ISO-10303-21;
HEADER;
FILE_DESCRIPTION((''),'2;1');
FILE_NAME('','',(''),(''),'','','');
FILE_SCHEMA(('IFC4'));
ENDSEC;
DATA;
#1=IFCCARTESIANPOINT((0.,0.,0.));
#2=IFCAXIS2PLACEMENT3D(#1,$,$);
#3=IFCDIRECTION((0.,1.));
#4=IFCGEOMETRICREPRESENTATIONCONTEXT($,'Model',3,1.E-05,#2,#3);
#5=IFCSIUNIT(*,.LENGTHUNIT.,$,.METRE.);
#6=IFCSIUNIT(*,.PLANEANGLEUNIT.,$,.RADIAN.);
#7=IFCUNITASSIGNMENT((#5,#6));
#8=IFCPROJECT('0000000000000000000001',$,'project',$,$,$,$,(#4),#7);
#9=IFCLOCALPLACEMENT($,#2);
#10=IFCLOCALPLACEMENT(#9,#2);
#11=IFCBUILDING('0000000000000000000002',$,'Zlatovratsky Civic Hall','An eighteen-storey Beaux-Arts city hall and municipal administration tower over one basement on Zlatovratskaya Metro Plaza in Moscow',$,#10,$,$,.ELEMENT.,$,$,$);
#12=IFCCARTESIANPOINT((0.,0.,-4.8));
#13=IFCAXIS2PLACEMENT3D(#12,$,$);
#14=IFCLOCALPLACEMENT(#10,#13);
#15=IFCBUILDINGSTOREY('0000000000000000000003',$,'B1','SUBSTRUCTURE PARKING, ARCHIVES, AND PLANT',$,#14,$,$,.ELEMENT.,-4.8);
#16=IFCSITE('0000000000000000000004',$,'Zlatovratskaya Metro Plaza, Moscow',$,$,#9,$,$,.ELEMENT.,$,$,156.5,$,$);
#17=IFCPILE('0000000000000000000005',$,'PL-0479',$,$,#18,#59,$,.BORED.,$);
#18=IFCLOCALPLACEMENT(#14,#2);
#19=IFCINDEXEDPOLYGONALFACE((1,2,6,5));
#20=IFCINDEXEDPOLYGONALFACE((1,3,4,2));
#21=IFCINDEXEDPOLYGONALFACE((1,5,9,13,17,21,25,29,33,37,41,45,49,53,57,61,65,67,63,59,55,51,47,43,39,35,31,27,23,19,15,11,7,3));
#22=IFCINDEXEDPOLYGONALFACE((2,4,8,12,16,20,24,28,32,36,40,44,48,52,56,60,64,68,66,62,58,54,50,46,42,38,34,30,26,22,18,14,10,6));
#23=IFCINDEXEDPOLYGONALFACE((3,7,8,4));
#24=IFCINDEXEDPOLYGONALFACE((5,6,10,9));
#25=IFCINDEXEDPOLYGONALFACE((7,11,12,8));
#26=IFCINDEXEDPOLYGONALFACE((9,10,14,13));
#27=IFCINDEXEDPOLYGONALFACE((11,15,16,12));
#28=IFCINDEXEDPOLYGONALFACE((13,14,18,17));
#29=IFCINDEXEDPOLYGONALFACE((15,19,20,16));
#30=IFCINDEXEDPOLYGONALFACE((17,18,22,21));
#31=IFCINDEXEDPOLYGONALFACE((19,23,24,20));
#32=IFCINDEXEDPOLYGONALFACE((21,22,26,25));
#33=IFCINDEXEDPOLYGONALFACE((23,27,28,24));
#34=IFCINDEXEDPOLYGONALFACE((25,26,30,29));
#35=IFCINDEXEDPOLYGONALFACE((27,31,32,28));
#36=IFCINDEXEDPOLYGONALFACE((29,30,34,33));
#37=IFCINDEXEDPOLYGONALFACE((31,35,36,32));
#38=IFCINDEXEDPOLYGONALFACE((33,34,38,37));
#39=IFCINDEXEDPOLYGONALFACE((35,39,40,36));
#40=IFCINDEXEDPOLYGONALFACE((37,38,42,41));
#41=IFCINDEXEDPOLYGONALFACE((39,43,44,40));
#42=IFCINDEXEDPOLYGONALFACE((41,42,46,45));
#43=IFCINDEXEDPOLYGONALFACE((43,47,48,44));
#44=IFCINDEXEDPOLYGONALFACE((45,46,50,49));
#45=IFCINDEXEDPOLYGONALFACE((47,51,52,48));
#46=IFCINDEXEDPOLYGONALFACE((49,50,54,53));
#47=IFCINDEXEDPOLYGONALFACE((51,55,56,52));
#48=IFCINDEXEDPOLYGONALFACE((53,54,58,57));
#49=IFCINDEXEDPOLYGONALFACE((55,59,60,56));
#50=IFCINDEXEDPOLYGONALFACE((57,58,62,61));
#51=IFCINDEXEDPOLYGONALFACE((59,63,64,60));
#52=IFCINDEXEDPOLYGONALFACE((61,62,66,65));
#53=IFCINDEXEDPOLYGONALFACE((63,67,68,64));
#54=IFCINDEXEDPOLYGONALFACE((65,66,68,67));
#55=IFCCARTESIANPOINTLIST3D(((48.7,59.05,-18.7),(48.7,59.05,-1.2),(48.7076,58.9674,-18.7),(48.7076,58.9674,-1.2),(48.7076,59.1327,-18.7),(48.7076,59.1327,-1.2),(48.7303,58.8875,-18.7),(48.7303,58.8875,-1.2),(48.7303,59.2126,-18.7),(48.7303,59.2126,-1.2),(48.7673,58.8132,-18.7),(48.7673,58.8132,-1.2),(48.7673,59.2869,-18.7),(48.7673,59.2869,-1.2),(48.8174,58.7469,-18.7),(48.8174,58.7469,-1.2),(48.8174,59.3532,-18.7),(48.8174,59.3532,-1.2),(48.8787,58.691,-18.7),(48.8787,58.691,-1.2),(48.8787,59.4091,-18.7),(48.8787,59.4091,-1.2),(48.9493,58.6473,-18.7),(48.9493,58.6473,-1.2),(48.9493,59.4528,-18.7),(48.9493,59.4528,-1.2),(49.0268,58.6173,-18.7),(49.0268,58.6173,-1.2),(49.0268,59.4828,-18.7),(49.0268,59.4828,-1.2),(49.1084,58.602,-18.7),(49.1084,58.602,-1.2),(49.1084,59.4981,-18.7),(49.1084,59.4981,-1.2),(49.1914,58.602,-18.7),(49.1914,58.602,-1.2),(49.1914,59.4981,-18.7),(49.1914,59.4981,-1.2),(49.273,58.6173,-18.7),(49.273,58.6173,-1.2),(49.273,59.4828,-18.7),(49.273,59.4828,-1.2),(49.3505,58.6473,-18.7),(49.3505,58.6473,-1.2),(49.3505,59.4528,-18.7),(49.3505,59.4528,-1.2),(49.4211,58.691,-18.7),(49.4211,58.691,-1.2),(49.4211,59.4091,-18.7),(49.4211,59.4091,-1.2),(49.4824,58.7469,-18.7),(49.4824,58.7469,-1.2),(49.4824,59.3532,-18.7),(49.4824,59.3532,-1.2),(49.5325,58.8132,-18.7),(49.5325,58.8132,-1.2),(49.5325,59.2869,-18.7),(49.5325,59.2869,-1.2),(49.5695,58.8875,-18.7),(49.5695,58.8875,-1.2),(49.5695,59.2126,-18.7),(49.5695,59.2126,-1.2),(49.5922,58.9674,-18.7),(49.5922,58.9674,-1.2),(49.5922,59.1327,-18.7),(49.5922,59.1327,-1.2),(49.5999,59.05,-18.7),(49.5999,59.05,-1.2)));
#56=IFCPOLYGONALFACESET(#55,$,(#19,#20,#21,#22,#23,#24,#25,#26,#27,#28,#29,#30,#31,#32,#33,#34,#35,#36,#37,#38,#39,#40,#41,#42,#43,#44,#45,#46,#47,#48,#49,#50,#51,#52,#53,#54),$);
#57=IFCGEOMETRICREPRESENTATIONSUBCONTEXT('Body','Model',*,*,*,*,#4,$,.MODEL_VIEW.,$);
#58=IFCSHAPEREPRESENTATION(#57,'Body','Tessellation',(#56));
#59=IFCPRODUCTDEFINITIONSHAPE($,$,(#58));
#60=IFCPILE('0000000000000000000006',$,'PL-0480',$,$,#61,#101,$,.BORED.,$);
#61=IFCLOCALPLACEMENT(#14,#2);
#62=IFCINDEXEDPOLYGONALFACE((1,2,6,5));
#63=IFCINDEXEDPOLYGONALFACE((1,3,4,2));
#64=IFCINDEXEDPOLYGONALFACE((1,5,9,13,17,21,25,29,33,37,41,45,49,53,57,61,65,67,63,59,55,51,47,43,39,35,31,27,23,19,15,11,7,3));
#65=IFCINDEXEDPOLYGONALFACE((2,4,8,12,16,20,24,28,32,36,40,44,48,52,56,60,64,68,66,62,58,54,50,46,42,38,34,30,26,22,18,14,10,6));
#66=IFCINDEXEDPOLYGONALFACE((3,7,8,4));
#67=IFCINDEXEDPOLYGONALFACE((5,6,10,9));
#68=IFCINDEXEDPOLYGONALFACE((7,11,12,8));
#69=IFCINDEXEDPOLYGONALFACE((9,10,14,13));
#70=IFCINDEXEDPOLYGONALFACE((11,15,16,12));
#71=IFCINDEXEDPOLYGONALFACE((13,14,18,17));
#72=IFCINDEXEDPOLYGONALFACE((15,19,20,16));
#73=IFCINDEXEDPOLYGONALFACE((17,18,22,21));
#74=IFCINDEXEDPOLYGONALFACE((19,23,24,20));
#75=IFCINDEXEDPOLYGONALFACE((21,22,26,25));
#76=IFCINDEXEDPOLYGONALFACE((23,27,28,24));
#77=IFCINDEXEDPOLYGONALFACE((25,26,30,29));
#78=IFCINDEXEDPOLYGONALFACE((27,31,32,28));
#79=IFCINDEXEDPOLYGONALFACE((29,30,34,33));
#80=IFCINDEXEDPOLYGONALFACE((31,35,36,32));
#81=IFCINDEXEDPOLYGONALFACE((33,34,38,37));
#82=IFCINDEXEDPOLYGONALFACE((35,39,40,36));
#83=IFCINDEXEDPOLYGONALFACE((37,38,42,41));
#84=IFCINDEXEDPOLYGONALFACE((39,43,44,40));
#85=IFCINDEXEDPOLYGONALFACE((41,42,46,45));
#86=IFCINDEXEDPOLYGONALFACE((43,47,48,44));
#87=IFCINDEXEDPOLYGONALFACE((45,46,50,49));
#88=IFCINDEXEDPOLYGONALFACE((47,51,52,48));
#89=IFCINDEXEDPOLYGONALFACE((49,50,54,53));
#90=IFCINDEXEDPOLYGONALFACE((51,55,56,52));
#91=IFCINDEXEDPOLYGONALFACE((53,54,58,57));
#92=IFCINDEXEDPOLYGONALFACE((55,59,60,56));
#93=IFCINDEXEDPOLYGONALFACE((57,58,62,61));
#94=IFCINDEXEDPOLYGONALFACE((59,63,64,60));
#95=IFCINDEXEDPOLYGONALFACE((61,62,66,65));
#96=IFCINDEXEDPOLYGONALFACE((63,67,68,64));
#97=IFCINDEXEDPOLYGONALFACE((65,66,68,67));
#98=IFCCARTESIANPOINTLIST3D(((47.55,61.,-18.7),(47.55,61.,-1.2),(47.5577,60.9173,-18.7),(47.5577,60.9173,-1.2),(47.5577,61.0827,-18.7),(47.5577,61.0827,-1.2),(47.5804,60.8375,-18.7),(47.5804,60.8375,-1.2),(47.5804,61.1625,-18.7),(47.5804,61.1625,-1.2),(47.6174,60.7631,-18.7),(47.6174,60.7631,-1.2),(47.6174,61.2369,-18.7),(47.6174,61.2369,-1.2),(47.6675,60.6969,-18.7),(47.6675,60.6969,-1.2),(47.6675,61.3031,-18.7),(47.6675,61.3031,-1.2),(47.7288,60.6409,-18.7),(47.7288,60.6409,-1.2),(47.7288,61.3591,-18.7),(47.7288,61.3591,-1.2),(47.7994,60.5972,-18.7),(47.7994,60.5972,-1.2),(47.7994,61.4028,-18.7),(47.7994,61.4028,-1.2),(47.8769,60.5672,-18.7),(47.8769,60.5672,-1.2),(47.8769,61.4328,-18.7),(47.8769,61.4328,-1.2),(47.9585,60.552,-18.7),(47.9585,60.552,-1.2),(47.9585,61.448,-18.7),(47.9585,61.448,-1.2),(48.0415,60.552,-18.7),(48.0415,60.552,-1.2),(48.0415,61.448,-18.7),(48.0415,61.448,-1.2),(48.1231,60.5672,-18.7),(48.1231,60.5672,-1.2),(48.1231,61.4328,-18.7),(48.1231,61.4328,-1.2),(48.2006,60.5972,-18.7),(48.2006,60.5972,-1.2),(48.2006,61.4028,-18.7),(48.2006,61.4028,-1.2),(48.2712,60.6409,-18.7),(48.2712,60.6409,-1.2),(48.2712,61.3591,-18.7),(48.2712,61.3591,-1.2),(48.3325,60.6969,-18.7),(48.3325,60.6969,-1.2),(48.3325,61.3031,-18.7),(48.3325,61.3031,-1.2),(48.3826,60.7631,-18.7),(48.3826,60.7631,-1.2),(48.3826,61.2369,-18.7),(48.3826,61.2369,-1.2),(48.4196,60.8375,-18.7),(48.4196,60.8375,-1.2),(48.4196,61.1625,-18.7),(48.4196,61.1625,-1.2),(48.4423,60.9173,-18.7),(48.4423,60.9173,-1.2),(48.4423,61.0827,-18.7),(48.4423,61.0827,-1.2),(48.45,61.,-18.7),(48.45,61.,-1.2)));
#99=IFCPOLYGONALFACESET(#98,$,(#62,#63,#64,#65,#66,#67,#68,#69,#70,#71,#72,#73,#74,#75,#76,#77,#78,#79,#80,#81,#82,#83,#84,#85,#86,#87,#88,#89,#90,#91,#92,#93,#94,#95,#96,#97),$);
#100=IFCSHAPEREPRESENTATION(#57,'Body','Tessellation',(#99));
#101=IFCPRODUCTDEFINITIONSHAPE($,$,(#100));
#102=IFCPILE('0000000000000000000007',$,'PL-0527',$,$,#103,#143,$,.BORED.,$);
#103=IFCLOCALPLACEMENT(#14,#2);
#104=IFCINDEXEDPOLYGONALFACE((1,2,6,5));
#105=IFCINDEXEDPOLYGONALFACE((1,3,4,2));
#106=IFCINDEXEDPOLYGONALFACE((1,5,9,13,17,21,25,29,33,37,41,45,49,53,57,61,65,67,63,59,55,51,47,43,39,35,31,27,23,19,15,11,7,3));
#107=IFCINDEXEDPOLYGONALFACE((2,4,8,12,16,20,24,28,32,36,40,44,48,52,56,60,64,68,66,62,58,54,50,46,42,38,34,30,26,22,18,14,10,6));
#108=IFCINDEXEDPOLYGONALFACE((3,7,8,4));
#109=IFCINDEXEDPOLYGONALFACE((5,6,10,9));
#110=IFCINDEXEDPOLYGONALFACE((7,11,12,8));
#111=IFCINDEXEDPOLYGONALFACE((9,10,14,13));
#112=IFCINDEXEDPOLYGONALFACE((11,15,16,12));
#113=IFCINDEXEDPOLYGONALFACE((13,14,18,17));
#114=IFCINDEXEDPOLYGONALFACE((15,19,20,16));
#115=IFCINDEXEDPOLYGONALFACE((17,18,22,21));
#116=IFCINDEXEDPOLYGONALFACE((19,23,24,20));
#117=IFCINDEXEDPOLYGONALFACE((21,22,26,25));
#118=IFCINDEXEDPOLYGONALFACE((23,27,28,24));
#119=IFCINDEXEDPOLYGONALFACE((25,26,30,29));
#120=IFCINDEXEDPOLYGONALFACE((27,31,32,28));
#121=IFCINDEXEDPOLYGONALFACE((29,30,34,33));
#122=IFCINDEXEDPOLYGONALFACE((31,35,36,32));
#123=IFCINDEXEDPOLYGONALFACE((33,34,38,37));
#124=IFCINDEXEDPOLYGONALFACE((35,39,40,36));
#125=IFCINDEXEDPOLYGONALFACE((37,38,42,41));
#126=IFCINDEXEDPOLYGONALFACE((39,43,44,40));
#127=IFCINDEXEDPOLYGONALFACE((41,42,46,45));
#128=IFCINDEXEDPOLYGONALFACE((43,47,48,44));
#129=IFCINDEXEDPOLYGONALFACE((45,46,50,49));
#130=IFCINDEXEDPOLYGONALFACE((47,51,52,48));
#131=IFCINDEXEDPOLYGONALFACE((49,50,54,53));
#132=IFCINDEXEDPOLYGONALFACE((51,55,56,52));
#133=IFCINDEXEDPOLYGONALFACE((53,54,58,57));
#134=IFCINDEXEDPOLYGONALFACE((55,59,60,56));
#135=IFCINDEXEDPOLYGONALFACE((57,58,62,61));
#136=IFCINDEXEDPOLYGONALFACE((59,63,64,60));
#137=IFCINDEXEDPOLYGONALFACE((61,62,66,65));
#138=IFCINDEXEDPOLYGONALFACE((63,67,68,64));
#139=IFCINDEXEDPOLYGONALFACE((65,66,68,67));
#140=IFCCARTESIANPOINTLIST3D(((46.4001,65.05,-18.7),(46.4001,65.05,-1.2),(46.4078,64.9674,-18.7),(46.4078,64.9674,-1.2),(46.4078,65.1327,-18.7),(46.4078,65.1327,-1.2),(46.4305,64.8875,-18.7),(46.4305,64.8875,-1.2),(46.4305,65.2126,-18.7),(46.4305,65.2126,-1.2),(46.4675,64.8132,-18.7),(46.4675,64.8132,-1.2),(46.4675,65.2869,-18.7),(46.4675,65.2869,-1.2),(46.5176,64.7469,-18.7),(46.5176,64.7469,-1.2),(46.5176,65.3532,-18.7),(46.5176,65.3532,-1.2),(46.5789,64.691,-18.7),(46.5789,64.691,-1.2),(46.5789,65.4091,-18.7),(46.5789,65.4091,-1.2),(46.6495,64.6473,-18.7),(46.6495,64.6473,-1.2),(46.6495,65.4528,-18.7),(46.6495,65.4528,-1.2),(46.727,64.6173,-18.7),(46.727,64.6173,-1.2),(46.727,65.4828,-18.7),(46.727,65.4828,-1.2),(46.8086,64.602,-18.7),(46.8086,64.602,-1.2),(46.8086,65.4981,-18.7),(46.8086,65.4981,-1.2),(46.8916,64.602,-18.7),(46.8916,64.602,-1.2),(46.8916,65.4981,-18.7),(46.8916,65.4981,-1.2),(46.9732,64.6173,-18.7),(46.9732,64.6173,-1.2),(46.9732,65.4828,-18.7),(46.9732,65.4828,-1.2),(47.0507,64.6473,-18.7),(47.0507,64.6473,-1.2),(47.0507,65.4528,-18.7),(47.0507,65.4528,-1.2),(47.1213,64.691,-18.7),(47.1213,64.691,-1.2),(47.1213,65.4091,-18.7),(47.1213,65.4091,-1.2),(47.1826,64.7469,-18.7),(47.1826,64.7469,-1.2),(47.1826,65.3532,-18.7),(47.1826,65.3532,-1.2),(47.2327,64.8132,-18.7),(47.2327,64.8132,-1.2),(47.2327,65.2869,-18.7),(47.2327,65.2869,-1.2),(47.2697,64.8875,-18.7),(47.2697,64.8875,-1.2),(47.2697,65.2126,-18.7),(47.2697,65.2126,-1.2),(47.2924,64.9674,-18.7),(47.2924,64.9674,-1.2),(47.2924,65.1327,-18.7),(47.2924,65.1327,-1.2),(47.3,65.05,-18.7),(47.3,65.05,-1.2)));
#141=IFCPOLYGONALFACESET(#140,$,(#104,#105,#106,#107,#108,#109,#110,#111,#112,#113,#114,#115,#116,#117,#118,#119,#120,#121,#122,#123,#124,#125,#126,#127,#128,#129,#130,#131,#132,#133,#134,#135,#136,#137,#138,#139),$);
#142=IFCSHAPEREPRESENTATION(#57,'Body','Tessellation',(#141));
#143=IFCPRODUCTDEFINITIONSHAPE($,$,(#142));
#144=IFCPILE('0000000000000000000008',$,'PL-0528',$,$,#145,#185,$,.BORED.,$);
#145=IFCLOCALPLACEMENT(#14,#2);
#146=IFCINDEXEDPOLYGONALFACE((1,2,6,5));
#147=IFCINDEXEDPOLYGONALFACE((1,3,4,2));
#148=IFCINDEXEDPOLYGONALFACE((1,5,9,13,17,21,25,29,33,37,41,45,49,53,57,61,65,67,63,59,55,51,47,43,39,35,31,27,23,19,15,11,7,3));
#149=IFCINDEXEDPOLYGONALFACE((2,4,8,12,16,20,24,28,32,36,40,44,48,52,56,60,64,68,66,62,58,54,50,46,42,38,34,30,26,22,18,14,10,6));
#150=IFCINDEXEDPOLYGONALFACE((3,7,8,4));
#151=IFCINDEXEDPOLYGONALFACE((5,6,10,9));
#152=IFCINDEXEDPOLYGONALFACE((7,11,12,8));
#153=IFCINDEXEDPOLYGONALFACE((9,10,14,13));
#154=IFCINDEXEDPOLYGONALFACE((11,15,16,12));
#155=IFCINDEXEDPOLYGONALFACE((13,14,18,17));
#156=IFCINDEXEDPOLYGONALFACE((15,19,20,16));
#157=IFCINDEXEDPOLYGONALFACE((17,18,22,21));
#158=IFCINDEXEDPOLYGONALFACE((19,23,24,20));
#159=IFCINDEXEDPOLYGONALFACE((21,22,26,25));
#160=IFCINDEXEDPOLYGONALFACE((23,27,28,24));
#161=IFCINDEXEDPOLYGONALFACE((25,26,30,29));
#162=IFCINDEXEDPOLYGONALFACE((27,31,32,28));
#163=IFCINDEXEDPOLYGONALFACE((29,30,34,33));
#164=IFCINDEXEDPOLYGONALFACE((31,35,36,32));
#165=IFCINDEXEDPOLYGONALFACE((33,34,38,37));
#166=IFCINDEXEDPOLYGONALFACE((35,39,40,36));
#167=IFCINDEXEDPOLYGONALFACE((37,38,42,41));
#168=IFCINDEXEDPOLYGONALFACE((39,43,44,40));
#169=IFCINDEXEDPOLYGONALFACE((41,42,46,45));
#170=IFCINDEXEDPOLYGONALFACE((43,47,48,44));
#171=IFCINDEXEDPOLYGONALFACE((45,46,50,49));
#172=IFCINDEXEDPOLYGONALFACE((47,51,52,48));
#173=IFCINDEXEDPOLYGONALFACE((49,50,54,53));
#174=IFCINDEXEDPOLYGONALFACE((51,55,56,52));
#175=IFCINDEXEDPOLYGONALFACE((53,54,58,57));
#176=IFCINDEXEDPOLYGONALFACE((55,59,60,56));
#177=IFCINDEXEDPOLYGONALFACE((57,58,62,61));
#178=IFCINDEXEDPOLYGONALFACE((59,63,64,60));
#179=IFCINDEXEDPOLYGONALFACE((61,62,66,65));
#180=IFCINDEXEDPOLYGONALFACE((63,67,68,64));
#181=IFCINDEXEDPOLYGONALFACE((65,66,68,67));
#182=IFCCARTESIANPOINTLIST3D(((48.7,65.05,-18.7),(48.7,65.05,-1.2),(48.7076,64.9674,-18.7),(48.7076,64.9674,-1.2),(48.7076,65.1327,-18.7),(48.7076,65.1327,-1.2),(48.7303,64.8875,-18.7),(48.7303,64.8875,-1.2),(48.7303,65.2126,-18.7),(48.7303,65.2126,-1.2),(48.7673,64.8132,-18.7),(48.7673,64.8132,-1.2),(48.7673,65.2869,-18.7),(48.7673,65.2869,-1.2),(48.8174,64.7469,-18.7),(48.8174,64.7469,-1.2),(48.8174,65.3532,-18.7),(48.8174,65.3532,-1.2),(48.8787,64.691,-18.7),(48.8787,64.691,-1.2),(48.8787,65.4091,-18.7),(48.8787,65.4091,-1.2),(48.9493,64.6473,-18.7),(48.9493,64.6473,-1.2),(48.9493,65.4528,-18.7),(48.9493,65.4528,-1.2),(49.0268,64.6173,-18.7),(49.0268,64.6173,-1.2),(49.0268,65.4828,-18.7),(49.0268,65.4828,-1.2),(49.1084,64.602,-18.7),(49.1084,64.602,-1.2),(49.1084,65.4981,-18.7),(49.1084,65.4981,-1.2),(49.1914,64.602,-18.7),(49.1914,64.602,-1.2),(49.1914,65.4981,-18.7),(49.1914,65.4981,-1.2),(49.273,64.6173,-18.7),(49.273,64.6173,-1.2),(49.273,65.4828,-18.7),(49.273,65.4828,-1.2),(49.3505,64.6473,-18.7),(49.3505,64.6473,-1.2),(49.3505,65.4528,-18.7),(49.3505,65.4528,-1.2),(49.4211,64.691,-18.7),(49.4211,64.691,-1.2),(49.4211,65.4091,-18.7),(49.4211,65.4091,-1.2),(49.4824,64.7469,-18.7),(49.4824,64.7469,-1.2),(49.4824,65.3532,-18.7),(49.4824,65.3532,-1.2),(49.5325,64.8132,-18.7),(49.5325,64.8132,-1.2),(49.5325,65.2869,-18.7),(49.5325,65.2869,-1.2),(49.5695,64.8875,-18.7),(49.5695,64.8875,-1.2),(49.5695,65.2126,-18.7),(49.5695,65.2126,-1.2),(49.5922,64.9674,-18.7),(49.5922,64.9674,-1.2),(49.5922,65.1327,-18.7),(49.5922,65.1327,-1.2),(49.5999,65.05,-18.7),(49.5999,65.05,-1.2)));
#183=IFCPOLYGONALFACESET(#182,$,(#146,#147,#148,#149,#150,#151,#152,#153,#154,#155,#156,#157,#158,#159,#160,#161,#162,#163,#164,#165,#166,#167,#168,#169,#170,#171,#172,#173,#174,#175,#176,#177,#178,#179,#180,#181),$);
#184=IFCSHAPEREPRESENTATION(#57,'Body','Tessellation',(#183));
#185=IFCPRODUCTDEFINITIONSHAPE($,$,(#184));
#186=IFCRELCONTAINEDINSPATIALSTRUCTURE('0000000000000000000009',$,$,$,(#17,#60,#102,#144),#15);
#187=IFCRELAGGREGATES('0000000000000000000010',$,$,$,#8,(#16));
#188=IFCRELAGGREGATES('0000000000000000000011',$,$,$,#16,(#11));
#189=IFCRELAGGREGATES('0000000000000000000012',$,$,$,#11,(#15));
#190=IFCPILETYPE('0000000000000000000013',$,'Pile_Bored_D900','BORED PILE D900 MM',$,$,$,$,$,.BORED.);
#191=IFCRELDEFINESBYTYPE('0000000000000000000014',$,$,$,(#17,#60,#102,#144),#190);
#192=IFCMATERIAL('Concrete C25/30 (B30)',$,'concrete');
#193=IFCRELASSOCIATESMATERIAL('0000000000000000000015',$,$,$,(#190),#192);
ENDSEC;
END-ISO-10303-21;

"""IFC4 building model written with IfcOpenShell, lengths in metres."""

from ifc_helpers import new_model, si_unit, direction, frame, origin, origin_2d, place, context, subcontext, project, spatial, circle, extrude, material, material_profile, profile_set, type_object, element, save


model = new_model("IFC4")

# Units and contexts
model_context = context("Model", 3, precision=1e-05, world=origin(), true_north=direction((0.0, 1.0)))
body_context = subcontext(model_context, "Body", "Model", "MODEL_VIEW")
ifc_project = project(units=[si_unit("LENGTHUNIT", "METRE"), si_unit("PLANEANGLEUNIT", "RADIAN")], contexts=[model_context])

# Site, building, storey
site_placement = place(None, origin())
site = spatial("IfcSite", under=ifc_project, at=site_placement, Name="Zlatovratskaya Metro Plaza, Moscow", CompositionType="ELEMENT", RefElevation=156.5)
building_placement = place(site_placement, origin())
building = spatial("IfcBuilding", under=site, at=building_placement, Name="Zlatovratsky Civic Hall", Description="An eighteen-storey Beaux-Arts city hall and municipal administration tower over one basement on Zlatovratskaya Metro Plaza in Moscow", CompositionType="ELEMENT")
storey_placement = place(building_placement, frame((0.0, 0.0, -4.8)))
storey = spatial("IfcBuildingStorey", under=building, at=storey_placement, Name="B1", Description="SUBSTRUCTURE PARKING, ARCHIVES, AND PLANT", CompositionType="ELEMENT", Elevation=-4.8)

# Shared definitions
ifc_material_1 = material(Name="Concrete C25/30 (B30)", Category="concrete")

# Piles
ifc_material_profile_1 = material_profile(ifc_material_1, circle(Radius=0.45, at=origin_2d()), Name="PILE D900")
ifc_profile_set_1 = profile_set([ifc_material_profile_1], Name="Concrete C25/30 (B30)")
pile_type_1 = type_object("IfcPileType", Name="Pile_Bored_D900", Description="BORED PILE D900 MM", PredefinedType="BORED", material=ifc_profile_set_1)
for number, where, z_axis, x_axis, name in (
    (1, (49.1499, 59.05, -1.2), (0.0, 0.0, -1.0), (1.0, 0.0, 0.0), "PL-0479"),
    (2, (48.0, 61.0, -1.2), (0.0, 0.0, -1.0), (1.0, 0.0, 0.0), "PL-0480"),
    (3, (46.8501, 65.05, -1.2), (0.0, 0.0, -1.0), (1.0, 0.0, 0.0), "PL-0527"),
    (4, (49.1499, 65.05, -1.2), (0.0, 0.0, -1.0), (1.0, 0.0, 0.0), "PL-0528"),
):
    element("IfcPile", number, at=place(storey_placement, frame(where, z_axis=z_axis, x_axis=x_axis)), inside=storey, type_object=pile_type_1, Name=name, PredefinedType="BORED", context=body_context, shape_type="SweptSolid", body=[
        extrude(circle(Radius=0.45, at=origin_2d()), origin(), (0.0, 0.0, 1.0), 17.5),
    ])

save(model, "model.ifc")
